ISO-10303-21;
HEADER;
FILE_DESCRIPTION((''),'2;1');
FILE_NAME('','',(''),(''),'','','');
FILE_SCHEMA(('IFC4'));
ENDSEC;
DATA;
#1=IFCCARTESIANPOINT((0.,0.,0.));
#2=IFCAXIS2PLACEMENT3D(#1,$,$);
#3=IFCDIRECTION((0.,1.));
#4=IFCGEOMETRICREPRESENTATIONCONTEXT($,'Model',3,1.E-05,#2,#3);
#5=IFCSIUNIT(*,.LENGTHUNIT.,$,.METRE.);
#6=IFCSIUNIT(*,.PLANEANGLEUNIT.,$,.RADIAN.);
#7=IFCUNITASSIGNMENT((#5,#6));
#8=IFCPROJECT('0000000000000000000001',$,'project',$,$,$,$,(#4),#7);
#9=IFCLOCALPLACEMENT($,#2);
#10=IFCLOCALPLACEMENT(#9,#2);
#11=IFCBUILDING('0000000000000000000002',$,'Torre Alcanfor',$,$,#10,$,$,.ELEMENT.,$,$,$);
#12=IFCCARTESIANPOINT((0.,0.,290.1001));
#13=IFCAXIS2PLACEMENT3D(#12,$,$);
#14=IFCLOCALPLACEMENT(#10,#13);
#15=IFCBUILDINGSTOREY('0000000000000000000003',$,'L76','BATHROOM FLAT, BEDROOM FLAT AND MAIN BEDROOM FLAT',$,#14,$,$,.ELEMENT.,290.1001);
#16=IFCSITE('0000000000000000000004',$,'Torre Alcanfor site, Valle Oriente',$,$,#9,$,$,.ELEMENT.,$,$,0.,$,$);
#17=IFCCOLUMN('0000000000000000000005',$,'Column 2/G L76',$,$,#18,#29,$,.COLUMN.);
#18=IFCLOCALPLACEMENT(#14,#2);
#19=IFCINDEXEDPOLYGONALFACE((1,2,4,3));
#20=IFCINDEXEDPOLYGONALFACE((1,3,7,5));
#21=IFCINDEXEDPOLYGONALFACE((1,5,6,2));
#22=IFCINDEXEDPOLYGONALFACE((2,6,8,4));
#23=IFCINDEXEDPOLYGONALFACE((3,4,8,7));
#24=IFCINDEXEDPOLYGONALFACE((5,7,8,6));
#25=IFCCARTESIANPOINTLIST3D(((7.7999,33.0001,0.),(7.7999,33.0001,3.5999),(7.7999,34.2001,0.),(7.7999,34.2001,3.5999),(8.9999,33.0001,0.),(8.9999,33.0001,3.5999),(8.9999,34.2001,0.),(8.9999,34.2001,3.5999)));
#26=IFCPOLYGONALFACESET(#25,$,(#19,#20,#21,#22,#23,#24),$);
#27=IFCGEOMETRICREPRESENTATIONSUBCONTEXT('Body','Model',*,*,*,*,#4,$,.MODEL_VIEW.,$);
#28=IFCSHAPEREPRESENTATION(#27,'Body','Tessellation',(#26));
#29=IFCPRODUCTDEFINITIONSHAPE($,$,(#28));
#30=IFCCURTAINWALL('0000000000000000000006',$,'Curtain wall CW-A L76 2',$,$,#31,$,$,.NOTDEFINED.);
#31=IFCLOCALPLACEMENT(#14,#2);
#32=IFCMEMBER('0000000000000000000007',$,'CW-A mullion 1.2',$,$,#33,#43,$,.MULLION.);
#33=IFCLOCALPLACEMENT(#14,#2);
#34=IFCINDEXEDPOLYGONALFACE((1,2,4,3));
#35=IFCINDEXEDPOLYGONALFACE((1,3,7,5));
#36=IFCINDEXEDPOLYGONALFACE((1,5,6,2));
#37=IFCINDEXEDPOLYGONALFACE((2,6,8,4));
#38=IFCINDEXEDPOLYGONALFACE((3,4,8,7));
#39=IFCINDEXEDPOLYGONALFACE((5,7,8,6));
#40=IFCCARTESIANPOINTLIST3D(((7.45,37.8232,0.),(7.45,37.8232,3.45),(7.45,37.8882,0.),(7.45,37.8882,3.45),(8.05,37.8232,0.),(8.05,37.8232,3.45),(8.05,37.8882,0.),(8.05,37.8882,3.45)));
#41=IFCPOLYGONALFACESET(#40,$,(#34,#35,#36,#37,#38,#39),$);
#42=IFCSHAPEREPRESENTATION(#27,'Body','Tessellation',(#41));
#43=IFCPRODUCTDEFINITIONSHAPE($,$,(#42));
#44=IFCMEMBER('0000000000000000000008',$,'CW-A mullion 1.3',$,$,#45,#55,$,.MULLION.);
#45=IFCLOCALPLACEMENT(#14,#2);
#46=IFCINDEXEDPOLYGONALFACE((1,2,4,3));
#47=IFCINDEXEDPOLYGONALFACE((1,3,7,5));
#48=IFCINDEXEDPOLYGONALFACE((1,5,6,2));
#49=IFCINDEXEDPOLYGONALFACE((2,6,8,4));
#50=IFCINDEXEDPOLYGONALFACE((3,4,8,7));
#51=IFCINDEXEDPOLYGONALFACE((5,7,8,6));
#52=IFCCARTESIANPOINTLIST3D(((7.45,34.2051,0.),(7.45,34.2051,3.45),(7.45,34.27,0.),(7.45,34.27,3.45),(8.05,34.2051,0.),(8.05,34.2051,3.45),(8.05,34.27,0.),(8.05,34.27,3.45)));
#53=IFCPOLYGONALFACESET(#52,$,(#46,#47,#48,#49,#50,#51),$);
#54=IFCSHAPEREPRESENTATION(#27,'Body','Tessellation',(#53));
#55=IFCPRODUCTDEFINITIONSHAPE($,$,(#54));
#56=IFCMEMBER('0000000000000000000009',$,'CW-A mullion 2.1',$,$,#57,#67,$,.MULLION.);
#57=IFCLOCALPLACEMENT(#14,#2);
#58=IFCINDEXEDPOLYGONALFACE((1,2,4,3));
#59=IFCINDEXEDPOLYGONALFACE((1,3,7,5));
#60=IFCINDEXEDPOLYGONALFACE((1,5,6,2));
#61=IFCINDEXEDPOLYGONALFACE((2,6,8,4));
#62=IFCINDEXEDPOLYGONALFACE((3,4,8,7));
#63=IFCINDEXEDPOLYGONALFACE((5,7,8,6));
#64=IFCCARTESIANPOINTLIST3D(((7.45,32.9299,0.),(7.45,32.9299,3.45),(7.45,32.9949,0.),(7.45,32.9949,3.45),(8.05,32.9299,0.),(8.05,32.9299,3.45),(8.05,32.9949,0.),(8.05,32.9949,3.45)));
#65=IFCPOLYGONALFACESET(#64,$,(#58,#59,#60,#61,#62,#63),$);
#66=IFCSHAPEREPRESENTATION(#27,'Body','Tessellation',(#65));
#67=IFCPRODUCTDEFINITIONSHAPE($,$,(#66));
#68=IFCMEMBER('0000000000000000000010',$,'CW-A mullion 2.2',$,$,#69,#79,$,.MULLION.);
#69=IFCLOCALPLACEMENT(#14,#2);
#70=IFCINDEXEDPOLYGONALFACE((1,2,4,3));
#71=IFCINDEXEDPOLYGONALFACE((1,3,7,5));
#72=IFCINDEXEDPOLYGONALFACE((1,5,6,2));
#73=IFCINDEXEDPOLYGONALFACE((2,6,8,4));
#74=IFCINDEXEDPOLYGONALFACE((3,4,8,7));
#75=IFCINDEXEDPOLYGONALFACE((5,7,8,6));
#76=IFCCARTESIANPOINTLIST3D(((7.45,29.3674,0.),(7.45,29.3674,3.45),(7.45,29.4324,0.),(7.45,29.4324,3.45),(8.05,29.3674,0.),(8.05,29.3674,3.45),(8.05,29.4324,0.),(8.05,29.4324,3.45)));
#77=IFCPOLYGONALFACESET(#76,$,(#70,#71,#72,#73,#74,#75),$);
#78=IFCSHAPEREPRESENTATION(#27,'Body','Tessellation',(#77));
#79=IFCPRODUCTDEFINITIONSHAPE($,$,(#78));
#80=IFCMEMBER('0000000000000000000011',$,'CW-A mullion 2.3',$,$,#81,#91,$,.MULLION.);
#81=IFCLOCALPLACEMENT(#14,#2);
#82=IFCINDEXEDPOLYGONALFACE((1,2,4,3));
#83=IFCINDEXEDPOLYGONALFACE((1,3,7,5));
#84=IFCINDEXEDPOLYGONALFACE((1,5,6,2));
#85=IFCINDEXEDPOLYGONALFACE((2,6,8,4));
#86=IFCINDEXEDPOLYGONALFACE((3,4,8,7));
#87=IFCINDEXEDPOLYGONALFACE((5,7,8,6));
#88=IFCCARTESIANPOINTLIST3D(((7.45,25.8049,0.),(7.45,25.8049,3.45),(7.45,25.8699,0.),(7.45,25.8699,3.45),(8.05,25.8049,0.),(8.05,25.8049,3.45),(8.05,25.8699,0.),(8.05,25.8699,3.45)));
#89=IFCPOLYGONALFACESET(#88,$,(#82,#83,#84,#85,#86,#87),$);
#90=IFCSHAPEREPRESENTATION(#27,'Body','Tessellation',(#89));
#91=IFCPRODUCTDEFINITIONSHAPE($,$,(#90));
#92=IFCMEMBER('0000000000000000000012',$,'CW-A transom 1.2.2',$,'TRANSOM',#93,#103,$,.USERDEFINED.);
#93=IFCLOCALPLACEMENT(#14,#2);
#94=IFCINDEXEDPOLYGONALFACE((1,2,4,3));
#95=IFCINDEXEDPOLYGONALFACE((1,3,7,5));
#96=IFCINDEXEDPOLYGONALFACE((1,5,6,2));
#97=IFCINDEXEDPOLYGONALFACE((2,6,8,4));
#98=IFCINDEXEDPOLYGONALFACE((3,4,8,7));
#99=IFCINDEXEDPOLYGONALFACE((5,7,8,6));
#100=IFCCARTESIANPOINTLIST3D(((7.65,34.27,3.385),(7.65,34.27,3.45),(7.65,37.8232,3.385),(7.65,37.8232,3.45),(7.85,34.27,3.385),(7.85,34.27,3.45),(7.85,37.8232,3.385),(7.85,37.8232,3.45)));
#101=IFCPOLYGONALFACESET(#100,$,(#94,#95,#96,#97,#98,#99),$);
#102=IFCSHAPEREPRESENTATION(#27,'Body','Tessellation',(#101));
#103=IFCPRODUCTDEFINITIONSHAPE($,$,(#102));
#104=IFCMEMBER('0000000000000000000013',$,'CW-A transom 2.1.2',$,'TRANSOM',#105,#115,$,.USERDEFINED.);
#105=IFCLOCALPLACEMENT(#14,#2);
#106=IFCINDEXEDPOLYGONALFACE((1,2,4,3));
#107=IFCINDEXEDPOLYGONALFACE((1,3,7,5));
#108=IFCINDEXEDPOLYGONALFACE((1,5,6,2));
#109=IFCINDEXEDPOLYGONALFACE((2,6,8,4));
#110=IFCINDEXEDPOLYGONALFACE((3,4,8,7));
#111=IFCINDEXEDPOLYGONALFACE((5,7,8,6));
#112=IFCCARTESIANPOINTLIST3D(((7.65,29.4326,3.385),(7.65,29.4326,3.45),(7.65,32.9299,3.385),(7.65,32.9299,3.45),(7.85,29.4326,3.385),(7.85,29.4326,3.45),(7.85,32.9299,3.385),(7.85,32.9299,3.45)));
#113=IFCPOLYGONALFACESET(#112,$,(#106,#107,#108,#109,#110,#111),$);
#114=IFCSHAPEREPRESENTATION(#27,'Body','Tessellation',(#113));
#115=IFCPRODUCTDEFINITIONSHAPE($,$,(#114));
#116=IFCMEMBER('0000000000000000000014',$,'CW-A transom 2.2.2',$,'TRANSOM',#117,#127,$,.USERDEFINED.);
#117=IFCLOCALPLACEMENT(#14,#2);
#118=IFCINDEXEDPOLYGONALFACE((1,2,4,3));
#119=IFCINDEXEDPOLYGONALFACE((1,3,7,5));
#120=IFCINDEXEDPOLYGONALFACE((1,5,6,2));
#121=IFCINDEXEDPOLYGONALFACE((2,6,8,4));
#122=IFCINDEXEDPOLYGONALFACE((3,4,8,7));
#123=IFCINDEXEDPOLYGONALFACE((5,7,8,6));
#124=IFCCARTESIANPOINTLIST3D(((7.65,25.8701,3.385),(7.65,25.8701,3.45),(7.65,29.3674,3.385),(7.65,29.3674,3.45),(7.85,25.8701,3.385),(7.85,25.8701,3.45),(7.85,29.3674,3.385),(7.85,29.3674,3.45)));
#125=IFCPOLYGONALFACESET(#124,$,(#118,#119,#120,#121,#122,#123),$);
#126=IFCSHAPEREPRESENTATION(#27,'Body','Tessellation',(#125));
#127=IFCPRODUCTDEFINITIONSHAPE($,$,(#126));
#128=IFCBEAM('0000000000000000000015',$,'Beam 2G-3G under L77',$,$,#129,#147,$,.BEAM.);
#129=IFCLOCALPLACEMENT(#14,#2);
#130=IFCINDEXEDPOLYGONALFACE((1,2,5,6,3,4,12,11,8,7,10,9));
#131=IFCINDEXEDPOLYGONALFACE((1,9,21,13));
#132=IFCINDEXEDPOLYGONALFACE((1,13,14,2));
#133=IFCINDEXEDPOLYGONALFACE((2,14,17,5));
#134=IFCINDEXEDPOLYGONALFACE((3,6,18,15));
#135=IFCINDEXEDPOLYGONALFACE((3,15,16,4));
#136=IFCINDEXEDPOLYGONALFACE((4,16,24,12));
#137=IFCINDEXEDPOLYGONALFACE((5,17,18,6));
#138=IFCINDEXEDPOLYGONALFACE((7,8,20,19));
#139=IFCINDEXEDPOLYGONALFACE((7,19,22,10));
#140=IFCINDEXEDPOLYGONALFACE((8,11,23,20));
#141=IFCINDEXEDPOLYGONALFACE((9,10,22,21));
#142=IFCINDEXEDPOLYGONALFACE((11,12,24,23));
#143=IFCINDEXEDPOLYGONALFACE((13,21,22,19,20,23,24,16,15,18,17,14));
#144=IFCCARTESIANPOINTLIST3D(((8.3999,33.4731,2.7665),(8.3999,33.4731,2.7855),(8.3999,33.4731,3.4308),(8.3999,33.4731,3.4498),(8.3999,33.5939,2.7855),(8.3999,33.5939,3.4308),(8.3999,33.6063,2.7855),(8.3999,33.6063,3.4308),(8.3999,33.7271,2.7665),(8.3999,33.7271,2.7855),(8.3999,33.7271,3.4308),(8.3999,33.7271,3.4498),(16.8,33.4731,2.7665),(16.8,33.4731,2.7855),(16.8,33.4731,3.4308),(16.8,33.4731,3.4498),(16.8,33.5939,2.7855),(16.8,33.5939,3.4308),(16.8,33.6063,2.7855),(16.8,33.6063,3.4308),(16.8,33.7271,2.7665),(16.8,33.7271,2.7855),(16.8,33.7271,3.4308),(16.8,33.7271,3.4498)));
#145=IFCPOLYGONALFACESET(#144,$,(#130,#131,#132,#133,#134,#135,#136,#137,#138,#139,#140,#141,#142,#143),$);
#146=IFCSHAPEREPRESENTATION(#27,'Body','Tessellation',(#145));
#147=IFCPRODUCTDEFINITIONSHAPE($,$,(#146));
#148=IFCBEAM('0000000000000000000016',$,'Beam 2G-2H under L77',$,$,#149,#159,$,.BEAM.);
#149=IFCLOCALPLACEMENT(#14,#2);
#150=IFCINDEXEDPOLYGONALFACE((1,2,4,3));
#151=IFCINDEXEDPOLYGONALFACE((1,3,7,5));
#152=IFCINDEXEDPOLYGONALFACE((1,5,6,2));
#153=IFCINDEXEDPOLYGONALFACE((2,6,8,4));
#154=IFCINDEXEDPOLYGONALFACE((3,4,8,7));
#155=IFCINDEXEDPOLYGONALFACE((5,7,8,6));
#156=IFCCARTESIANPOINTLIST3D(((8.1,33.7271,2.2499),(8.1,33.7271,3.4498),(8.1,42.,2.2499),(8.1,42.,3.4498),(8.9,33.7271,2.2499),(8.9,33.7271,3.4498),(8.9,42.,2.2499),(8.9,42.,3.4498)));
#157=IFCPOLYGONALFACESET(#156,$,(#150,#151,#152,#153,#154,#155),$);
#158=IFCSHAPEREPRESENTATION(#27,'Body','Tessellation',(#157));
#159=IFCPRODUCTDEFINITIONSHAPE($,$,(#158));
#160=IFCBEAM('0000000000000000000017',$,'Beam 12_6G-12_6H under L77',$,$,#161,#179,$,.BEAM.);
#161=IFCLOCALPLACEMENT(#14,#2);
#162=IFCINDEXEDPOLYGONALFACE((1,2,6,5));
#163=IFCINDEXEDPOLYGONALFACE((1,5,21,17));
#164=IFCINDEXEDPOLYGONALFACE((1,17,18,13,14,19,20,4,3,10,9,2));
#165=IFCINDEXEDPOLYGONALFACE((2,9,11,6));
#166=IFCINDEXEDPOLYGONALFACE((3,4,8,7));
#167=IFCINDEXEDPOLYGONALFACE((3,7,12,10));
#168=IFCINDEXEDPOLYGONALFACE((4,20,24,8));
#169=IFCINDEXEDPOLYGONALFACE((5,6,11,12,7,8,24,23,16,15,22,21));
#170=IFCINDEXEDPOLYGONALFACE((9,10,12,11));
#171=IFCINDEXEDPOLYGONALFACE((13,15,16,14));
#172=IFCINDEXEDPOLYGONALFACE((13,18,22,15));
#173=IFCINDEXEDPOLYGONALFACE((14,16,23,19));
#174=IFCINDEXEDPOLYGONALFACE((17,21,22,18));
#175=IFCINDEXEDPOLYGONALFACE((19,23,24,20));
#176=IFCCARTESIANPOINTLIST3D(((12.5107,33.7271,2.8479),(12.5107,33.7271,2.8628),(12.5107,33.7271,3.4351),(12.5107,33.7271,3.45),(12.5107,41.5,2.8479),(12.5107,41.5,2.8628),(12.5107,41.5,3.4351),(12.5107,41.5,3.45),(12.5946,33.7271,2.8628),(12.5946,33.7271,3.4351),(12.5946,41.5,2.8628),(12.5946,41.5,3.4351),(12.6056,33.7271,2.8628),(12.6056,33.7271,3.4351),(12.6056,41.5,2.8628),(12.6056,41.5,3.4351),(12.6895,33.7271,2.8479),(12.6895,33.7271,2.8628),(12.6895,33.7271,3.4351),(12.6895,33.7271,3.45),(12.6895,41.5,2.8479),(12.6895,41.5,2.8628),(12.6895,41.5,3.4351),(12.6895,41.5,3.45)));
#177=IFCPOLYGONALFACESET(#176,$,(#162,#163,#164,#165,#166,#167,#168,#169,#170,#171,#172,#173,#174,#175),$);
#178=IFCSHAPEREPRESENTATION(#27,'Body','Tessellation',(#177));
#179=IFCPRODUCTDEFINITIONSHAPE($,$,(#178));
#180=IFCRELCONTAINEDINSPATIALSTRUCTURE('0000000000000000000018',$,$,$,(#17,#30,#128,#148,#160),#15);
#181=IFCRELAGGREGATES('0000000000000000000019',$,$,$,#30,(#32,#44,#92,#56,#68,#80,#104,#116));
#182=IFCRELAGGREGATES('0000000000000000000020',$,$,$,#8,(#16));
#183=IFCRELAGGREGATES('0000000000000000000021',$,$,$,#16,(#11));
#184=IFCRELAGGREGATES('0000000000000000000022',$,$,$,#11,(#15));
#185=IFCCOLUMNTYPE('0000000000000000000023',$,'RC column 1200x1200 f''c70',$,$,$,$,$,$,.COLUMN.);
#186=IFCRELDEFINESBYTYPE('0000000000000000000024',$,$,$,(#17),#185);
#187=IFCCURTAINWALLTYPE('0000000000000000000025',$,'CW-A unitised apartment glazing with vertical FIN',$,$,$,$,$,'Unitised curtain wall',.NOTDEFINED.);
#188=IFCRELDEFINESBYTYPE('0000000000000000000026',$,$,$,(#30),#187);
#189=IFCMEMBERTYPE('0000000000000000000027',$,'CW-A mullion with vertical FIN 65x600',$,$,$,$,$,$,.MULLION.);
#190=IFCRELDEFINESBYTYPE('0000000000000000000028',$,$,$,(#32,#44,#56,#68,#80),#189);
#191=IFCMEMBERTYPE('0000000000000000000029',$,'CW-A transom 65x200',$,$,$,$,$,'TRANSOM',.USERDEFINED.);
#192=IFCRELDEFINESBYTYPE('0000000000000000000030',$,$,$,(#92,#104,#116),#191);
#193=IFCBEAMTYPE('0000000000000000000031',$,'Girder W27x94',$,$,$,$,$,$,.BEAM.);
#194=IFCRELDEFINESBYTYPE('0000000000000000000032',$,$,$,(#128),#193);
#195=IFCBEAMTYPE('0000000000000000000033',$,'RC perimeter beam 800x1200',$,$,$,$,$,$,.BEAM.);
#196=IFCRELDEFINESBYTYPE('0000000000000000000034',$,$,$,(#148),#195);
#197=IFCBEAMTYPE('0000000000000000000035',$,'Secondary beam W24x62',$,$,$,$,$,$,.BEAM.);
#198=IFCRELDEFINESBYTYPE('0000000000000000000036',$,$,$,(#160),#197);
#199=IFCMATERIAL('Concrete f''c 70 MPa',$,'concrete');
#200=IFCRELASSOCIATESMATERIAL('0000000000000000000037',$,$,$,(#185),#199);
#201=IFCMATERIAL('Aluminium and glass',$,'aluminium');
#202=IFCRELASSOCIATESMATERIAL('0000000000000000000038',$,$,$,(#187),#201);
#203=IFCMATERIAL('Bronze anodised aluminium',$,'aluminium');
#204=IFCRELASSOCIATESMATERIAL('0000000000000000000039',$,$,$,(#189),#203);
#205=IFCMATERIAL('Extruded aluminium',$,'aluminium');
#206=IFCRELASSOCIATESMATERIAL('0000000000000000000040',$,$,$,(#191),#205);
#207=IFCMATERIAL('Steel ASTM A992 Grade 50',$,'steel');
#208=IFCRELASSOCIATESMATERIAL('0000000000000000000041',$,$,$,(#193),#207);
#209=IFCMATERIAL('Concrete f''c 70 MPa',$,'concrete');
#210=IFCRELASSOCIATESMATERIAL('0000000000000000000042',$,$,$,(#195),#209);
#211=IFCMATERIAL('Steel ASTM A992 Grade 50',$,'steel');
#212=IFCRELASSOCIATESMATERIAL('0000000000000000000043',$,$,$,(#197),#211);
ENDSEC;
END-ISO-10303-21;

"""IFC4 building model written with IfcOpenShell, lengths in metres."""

from ifc_helpers import new_model, si_unit, direction, frame, origin, origin_2d, place, context, subcontext, project, spatial, rectangle, i_section, extrude, material, material_profile, profile_set, type_object, element, aggregate, save


model = new_model("IFC4")

# Units and contexts
model_context = context("Model", 3, precision=1e-05, world=origin(), true_north=direction((0.0, 1.0)))
body_context = subcontext(model_context, "Body", "Model", "MODEL_VIEW")
ifc_project = project(units=[si_unit("LENGTHUNIT", "METRE"), si_unit("PLANEANGLEUNIT", "RADIAN")], contexts=[model_context])

# Site, building, storey
site_placement = place(None, origin())
site = spatial("IfcSite", under=ifc_project, at=site_placement, Name="Torre Alcanfor site, Valle Oriente", CompositionType="ELEMENT", RefElevation=0.0)
building_placement = place(site_placement, origin())
building = spatial("IfcBuilding", under=site, at=building_placement, Name="Torre Alcanfor", CompositionType="ELEMENT")
storey_placement = place(building_placement, frame((0.0, 0.0, 290.1001)))
storey = spatial("IfcBuildingStorey", under=building, at=storey_placement, Name="L76", Description="BATHROOM FLAT, BEDROOM FLAT AND MAIN BEDROOM FLAT", CompositionType="ELEMENT", Elevation=290.1001)

# Column
ifc_material_1 = material(Name="Concrete f'c 70 MPa", Category="concrete")
ifc_material_profile_1 = material_profile(ifc_material_1, rectangle(XDim=1.2, YDim=1.2, at=origin_2d()), Name="1200x1200")
ifc_profile_set_1 = profile_set([ifc_material_profile_1], Name="Concrete f'c 70 MPa")
column_type = type_object("IfcColumnType", Name="RC column 1200x1200 f'c70", PredefinedType="COLUMN", material=ifc_profile_set_1)
column_placement = place(storey_placement, frame((8.3999, 33.6001, 0.0), z_axis=(0.0, 0.0, 1.0), x_axis=(1.0, 0.0, 0.0)))
element("IfcColumn", 1, at=column_placement, inside=storey, type_object=column_type, Name="Column 2/G L76", PredefinedType="COLUMN", context=body_context, shape_type="SweptSolid", body=[
    extrude(rectangle(XDim=1.2, YDim=1.2, at=origin_2d()), origin(), (0.0, 0.0, 1.0), 3.5999),
])

# Curtain wall, members
ifc_material_2 = material(Name="Aluminium and glass", Category="aluminium")
curtain_wall_type = type_object("IfcCurtainWallType", Name="CW-A unitised apartment glazing with vertical FIN", ElementType="Unitised curtain wall", PredefinedType="NOTDEFINED", material=ifc_material_2)
curtain_wall_placement = place(storey_placement, origin())
curtain_wall = element("IfcCurtainWall", 2, at=curtain_wall_placement, inside=storey, type_object=curtain_wall_type, Name="Curtain wall CW-A L76 2", PredefinedType="NOTDEFINED")
ifc_material_3 = material(Name="Bronze anodised aluminium", Category="aluminium")
ifc_material_profile_2 = material_profile(ifc_material_3, rectangle(XDim=0.6001, YDim=0.0649, at=origin_2d()), Name="CW-A mullion 65x600")
ifc_profile_set_2 = profile_set([ifc_material_profile_2], Name="Bronze anodised aluminium")
member_type_1 = type_object("IfcMemberType", Name="CW-A mullion with vertical FIN 65x600", PredefinedType="MULLION", material=ifc_profile_set_2)
member_1_placement = place(storey_placement, frame((7.75, 37.8557, 0.0), z_axis=(0.0, 0.0, 1.0), x_axis=(1.0, 0.0, 0.0)))
member_1 = element("IfcMember", 3, at=member_1_placement, type_object=member_type_1, Name="CW-A mullion 1.2", PredefinedType="MULLION", context=body_context, shape_type="SweptSolid", body=[
    extrude(rectangle(XDim=0.6001, YDim=0.0649, at=origin_2d()), origin(), (0.0, 0.0, 1.0), 3.45),
])
member_2_placement = place(storey_placement, frame((7.75, 34.2375, 0.0), z_axis=(0.0, 0.0, 1.0), x_axis=(1.0, 0.0, 0.0)))
member_2 = element("IfcMember", 4, at=member_2_placement, type_object=member_type_1, Name="CW-A mullion 1.3", PredefinedType="MULLION", context=body_context, shape_type="SweptSolid", body=[
    extrude(rectangle(XDim=0.6001, YDim=0.0649, at=origin_2d()), origin(), (0.0, 0.0, 1.0), 3.45),
])
member_3_placement = place(storey_placement, frame((7.75, 32.9624, 0.0), z_axis=(0.0, 0.0, 1.0), x_axis=(1.0, 0.0, 0.0)))
member_3 = element("IfcMember", 5, at=member_3_placement, type_object=member_type_1, Name="CW-A mullion 2.1", PredefinedType="MULLION", context=body_context, shape_type="SweptSolid", body=[
    extrude(rectangle(XDim=0.6001, YDim=0.0649, at=origin_2d()), origin(), (0.0, 0.0, 1.0), 3.45),
])
member_4_placement = place(storey_placement, frame((7.75, 29.3999, 0.0), z_axis=(0.0, 0.0, 1.0), x_axis=(1.0, 0.0, 0.0)))
member_4 = element("IfcMember", 6, at=member_4_placement, type_object=member_type_1, Name="CW-A mullion 2.2", PredefinedType="MULLION", context=body_context, shape_type="SweptSolid", body=[
    extrude(rectangle(XDim=0.6001, YDim=0.0649, at=origin_2d()), origin(), (0.0, 0.0, 1.0), 3.45),
])
member_5_placement = place(storey_placement, frame((7.75, 25.8374, 0.0), z_axis=(0.0, 0.0, 1.0), x_axis=(1.0, 0.0, 0.0)))
member_5 = element("IfcMember", 7, at=member_5_placement, type_object=member_type_1, Name="CW-A mullion 2.3", PredefinedType="MULLION", context=body_context, shape_type="SweptSolid", body=[
    extrude(rectangle(XDim=0.6001, YDim=0.0649, at=origin_2d()), origin(), (0.0, 0.0, 1.0), 3.45),
])
ifc_material_4 = material(Name="Extruded aluminium", Category="aluminium")
ifc_material_profile_3 = material_profile(ifc_material_4, rectangle(XDim=0.2, YDim=0.0649, at=origin_2d()), Name="CW-A transom 200x65")
ifc_profile_set_3 = profile_set([ifc_material_profile_3], Name="Extruded aluminium")
member_type_2 = type_object("IfcMemberType", Name="CW-A transom 65x200", ElementType="TRANSOM", PredefinedType="USERDEFINED", material=ifc_profile_set_3)
member_6_placement = place(storey_placement, frame((7.75, 37.8232, 3.4175), z_axis=(0.0, -1.0, 0.0), x_axis=(1.0, 0.0, 0.0)))
member_6 = element("IfcMember", 8, at=member_6_placement, type_object=member_type_2, Name="CW-A transom 1.2.2", ObjectType="TRANSOM", PredefinedType="USERDEFINED", context=body_context, shape_type="SweptSolid", body=[
    extrude(rectangle(XDim=0.2, YDim=0.0649, at=origin_2d()), origin(), (0.0, 0.0, 1.0), 3.5532),
])
member_7_placement = place(storey_placement, frame((7.75, 32.9299, 3.4175), z_axis=(0.0, -1.0, 0.0), x_axis=(1.0, 0.0, 0.0)))
member_7 = element("IfcMember", 9, at=member_7_placement, type_object=member_type_2, Name="CW-A transom 2.1.2", ObjectType="TRANSOM", PredefinedType="USERDEFINED", context=body_context, shape_type="SweptSolid", body=[
    extrude(rectangle(XDim=0.2, YDim=0.0649, at=origin_2d()), origin(), (0.0, 0.0, 1.0), 3.4973),
])
member_8_placement = place(storey_placement, frame((7.75, 29.3674, 3.4175), z_axis=(0.0, -1.0, 0.0), x_axis=(1.0, 0.0, 0.0)))
member_8 = element("IfcMember", 10, at=member_8_placement, type_object=member_type_2, Name="CW-A transom 2.2.2", ObjectType="TRANSOM", PredefinedType="USERDEFINED", context=body_context, shape_type="SweptSolid", body=[
    extrude(rectangle(XDim=0.2, YDim=0.0649, at=origin_2d()), origin(), (0.0, 0.0, 1.0), 3.4973),
])

# Beams
ifc_material_5 = material(Name="Steel ASTM A992 Grade 50", Category="steel")
ifc_material_profile_4 = material_profile(ifc_material_5, i_section(OverallWidth=0.2539, OverallDepth=0.6833, WebThickness=0.0125, FlangeThickness=0.019, at=origin_2d()), Name="W27x94")
ifc_profile_set_4 = profile_set([ifc_material_profile_4], Name="Steel ASTM A992 Grade 50")
beam_type_1 = type_object("IfcBeamType", Name="Girder W27x94", PredefinedType="BEAM", material=ifc_profile_set_4)
beam_1_placement = place(storey_placement, frame((8.3999, 33.6001, 3.1082), z_axis=(1.0, 0.0, 0.0), x_axis=(0.0, 1.0, 0.0)))
element("IfcBeam", 11, at=beam_1_placement, inside=storey, type_object=beam_type_1, Name="Beam 2G-3G under L77", PredefinedType="BEAM", context=body_context, shape_type="SweptSolid", body=[
    extrude(i_section(OverallWidth=0.2539, OverallDepth=0.6833, WebThickness=0.0125, FlangeThickness=0.019, at=origin_2d()), origin(), (0.0, 0.0, 1.0), 8.4001),
])
ifc_material_6 = material(Name="Concrete f'c 70 MPa", Category="concrete")
ifc_material_profile_5 = material_profile(ifc_material_6, rectangle(XDim=0.8, YDim=1.2, at=origin_2d()), Name="800x1200")
ifc_profile_set_5 = profile_set([ifc_material_profile_5], Name="Concrete f'c 70 MPa")
beam_type_2 = type_object("IfcBeamType", Name="RC perimeter beam 800x1200", PredefinedType="BEAM", material=ifc_profile_set_5)
beam_2_placement = place(storey_placement, frame((8.5, 33.7271, 2.8499), z_axis=(0.0, 1.0, 0.0), x_axis=(-1.0, 0.0, 0.0)))
element("IfcBeam", 12, at=beam_2_placement, inside=storey, type_object=beam_type_2, Name="Beam 2G-2H under L77", PredefinedType="BEAM", context=body_context, shape_type="SweptSolid", body=[
    extrude(rectangle(XDim=0.8, YDim=1.2, at=origin_2d()), origin(), (0.0, 0.0, 1.0), 8.2729),
])
ifc_material_7 = material(Name="Steel ASTM A992 Grade 50", Category="steel")
ifc_material_profile_6 = material_profile(ifc_material_7, i_section(OverallWidth=0.1787, OverallDepth=0.6021, WebThickness=0.011, FlangeThickness=0.0149, at=origin_2d()), Name="W24x62")
ifc_profile_set_6 = profile_set([ifc_material_profile_6], Name="Steel ASTM A992 Grade 50")
beam_type_3 = type_object("IfcBeamType", Name="Secondary beam W24x62", PredefinedType="BEAM", material=ifc_profile_set_6)
beam_3_placement = place(storey_placement, frame((12.6001, 33.7271, 3.1489), z_axis=(0.0, 1.0, 0.0), x_axis=(-1.0, 0.0, 0.0)))
element("IfcBeam", 13, at=beam_3_placement, inside=storey, type_object=beam_type_3, Name="Beam 12_6G-12_6H under L77", PredefinedType="BEAM", context=body_context, shape_type="SweptSolid", body=[
    extrude(i_section(OverallWidth=0.1787, OverallDepth=0.6021, WebThickness=0.011, FlangeThickness=0.0149, at=origin_2d()), origin(), (0.0, 0.0, 1.0), 7.7729),
])

aggregate(curtain_wall, [member_1, member_2, member_6, member_3, member_4, member_5, member_7, member_8])

save(model, "model.ifc")
